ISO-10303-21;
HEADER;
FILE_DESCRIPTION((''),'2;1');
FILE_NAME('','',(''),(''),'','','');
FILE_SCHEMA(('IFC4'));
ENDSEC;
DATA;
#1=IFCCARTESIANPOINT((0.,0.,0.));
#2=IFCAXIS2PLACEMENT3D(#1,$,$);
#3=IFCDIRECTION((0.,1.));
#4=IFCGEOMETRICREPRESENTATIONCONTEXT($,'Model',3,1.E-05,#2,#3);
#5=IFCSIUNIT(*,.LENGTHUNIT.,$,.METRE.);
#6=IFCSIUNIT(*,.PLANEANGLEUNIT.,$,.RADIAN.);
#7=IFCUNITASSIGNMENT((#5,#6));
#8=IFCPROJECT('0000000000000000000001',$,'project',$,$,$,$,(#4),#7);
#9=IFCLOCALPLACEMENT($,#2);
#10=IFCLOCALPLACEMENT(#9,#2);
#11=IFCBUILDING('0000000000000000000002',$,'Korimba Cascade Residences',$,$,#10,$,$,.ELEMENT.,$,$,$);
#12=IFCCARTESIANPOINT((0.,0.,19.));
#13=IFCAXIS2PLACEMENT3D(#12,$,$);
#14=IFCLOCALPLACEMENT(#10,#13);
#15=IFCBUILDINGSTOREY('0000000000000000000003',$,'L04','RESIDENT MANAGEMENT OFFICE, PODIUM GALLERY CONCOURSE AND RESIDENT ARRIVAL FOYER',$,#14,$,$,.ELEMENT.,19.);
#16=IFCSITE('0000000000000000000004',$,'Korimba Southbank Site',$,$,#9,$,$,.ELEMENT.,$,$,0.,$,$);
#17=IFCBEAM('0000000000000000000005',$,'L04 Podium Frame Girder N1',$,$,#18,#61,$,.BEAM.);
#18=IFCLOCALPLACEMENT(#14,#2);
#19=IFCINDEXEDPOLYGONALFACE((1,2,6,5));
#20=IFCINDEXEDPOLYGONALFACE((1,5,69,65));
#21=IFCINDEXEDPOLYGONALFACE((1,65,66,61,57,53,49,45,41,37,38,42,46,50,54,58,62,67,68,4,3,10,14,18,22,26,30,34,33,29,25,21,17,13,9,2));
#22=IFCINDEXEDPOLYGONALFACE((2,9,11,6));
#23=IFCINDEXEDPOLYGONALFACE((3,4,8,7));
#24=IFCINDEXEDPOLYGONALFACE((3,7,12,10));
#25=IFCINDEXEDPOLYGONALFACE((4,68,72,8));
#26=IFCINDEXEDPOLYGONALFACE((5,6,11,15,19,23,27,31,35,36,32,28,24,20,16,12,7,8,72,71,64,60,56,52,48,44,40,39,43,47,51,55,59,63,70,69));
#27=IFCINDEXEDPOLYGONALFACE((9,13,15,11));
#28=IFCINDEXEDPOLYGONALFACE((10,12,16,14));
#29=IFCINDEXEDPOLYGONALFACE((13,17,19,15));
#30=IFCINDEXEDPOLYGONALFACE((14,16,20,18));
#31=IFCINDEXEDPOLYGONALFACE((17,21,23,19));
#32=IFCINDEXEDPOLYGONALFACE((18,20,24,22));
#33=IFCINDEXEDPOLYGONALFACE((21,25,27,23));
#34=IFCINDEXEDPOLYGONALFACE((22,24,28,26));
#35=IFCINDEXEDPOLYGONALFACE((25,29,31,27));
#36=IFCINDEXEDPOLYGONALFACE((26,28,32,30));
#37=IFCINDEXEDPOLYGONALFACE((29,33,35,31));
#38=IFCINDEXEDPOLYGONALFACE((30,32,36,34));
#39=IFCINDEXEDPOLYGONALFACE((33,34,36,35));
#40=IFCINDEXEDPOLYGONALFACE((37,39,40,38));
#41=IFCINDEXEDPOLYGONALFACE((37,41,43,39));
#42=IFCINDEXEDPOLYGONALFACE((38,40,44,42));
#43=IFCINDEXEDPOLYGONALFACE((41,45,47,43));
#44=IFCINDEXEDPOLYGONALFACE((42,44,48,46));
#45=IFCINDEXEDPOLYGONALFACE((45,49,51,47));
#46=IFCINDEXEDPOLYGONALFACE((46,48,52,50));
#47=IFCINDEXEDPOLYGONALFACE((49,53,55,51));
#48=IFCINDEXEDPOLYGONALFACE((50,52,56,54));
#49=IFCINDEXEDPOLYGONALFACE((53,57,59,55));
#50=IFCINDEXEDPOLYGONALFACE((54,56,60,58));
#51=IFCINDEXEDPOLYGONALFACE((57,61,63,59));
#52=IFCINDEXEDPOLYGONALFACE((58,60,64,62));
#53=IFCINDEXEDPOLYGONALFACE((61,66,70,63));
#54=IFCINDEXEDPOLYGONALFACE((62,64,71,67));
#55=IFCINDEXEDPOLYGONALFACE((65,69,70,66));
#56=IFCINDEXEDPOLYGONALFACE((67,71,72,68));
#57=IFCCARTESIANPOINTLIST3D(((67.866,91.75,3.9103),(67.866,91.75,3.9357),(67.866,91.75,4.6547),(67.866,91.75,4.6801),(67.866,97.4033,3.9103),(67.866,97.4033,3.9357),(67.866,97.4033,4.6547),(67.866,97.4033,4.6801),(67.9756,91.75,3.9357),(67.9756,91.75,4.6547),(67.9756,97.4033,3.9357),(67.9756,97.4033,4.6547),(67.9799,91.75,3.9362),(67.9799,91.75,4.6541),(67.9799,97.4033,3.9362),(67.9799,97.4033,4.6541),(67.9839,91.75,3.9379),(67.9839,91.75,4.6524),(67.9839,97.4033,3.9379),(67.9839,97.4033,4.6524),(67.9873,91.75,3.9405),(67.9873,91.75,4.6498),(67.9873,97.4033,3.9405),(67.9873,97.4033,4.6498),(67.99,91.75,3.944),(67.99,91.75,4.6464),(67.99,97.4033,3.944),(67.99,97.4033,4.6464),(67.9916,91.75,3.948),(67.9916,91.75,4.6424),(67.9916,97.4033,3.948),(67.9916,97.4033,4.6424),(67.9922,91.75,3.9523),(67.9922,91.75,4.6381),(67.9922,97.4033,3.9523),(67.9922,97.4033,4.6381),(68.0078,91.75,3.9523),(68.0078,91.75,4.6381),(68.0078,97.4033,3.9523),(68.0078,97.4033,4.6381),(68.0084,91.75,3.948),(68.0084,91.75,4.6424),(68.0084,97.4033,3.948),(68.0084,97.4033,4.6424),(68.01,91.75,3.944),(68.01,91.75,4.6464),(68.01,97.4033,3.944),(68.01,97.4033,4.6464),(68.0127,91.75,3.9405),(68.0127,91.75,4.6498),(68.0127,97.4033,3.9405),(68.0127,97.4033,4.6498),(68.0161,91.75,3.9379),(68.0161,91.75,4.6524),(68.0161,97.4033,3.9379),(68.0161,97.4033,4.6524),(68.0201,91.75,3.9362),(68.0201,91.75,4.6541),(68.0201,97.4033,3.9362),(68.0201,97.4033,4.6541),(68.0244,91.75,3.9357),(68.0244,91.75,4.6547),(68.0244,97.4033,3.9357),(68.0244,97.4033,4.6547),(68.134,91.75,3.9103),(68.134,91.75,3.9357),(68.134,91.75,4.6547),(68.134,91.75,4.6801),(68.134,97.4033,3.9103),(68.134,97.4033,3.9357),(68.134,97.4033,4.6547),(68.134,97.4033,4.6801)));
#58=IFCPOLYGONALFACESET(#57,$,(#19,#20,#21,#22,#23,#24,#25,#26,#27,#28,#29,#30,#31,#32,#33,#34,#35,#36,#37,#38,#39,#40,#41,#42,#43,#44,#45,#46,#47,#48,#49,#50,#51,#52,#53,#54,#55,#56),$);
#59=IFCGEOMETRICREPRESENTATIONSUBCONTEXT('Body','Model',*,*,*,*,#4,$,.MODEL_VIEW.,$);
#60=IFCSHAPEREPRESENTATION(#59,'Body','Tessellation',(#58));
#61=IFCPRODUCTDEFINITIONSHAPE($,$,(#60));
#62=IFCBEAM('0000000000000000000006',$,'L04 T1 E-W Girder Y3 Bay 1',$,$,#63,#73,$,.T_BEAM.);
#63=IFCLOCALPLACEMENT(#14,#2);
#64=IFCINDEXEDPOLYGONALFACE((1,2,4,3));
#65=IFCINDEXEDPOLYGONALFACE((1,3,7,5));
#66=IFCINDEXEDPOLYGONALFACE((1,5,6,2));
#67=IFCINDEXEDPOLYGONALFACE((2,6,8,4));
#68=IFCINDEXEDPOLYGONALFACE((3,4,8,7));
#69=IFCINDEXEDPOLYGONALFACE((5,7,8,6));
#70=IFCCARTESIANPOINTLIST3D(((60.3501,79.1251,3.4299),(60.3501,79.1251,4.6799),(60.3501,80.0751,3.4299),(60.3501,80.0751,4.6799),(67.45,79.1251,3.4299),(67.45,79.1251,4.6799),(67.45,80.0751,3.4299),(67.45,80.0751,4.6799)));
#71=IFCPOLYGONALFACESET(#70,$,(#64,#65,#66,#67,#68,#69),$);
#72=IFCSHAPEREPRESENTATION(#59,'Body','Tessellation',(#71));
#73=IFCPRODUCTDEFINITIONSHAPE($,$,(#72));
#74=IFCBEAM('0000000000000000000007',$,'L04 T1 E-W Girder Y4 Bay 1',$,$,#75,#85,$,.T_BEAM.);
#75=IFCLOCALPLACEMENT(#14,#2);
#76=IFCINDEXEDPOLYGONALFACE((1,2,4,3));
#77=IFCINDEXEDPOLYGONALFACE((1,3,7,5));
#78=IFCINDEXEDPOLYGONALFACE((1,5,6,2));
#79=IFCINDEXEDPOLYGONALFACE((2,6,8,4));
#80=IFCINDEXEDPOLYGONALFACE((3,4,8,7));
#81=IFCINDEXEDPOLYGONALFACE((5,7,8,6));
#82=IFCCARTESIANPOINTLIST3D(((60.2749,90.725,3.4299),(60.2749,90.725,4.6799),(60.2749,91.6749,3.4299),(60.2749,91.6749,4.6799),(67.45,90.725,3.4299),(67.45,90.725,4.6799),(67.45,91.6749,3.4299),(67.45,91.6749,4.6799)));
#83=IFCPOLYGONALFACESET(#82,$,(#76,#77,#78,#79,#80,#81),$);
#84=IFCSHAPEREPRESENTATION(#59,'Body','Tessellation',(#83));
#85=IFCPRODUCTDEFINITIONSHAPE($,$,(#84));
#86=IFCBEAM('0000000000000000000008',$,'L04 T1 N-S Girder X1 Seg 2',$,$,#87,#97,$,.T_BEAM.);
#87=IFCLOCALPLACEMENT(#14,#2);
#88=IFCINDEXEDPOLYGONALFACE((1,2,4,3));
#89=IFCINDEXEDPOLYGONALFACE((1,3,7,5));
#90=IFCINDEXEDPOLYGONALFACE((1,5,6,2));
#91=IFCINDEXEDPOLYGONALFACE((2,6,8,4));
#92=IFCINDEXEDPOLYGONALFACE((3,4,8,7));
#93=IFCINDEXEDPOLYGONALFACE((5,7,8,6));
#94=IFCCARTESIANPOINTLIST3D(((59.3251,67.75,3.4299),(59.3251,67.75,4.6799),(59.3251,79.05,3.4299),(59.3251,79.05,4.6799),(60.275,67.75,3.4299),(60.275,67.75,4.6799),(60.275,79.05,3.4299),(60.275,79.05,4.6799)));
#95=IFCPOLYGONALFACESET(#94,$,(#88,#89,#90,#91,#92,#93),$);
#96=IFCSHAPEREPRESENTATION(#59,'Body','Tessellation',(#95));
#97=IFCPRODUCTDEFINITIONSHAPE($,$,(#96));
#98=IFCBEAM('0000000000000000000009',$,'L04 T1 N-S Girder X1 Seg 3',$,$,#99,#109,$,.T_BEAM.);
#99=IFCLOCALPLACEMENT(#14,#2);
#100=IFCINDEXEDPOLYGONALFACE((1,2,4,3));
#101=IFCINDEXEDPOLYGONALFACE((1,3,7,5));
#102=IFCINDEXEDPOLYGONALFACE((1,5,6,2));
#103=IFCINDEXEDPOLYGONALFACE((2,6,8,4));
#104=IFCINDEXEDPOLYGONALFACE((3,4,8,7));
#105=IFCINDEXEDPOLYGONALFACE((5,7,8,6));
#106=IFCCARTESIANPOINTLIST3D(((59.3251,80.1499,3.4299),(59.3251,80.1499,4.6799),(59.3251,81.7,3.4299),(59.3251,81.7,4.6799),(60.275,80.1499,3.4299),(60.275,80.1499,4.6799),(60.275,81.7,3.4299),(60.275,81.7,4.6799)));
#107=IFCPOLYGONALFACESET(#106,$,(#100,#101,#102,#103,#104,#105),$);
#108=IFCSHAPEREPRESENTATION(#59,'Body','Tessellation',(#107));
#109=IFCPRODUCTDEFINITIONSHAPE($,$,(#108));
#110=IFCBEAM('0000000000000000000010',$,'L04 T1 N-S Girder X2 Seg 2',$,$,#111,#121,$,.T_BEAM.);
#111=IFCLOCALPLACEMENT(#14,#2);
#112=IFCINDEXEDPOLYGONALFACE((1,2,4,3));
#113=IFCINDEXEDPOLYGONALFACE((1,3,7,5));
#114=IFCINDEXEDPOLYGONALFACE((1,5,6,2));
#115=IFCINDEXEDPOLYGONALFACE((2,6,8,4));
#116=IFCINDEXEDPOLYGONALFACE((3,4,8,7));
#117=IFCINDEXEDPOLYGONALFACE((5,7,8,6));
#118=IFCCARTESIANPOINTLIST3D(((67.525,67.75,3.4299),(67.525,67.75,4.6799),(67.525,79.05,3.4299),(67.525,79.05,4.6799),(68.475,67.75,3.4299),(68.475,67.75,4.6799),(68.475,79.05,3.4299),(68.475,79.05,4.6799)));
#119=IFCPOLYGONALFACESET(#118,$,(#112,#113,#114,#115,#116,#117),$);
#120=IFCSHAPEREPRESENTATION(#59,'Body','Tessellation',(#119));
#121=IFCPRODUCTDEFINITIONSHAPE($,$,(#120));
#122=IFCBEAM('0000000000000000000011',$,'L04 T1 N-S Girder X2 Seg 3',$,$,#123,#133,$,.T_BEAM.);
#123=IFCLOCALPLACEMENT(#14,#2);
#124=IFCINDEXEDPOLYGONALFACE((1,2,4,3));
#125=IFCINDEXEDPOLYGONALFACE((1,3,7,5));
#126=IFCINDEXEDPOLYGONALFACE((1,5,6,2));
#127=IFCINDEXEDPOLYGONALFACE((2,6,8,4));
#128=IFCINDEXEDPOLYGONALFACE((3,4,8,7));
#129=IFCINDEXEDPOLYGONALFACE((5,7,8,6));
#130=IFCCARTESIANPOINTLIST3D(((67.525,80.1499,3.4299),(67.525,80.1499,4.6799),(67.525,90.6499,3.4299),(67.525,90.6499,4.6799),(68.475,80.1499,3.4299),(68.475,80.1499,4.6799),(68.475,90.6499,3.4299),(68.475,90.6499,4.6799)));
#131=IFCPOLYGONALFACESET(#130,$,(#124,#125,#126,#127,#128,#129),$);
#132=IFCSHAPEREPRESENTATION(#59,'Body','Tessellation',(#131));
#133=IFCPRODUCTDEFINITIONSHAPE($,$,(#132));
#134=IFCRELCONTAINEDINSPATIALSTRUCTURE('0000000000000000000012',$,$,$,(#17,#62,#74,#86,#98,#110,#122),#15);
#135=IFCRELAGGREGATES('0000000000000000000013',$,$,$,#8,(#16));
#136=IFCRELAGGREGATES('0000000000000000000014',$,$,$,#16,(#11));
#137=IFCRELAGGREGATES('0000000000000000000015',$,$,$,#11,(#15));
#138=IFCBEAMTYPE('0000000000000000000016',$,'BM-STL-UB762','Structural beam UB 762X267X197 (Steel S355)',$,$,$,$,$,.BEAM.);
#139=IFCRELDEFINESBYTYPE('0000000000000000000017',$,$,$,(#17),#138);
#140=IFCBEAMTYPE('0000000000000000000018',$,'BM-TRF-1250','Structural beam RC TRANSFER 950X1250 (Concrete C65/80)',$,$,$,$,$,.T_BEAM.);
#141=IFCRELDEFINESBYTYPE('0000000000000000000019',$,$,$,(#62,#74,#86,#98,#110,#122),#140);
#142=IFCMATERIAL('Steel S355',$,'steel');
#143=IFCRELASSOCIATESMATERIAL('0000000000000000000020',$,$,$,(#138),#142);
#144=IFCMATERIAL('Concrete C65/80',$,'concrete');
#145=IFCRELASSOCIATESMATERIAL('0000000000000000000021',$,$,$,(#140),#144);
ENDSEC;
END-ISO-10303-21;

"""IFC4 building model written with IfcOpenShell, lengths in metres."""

from ifc_helpers import new_model, si_unit, direction, frame, origin, origin_2d, place, context, subcontext, project, spatial, rectangle, i_section, extrude, material, material_profile, profile_set, type_object, element, save


model = new_model("IFC4")

# Units and contexts
model_context = context("Model", 3, precision=1e-05, world=origin(), true_north=direction((0.0, 1.0)))
body_context = subcontext(model_context, "Body", "Model", "MODEL_VIEW")
ifc_project = project(units=[si_unit("LENGTHUNIT", "METRE"), si_unit("PLANEANGLEUNIT", "RADIAN")], contexts=[model_context])

# Site, building, storey
site_placement = place(None, origin())
site = spatial("IfcSite", under=ifc_project, at=site_placement, Name="Korimba Southbank Site", CompositionType="ELEMENT", RefElevation=0.0)
building_placement = place(site_placement, origin())
building = spatial("IfcBuilding", under=site, at=building_placement, Name="Korimba Cascade Residences", CompositionType="ELEMENT")
storey_placement = place(building_placement, frame((0.0, 0.0, 19.0)))
storey = spatial("IfcBuildingStorey", under=building, at=storey_placement, Name="L04", Description="RESIDENT MANAGEMENT OFFICE, PODIUM GALLERY CONCOURSE AND RESIDENT ARRIVAL FOYER", CompositionType="ELEMENT", Elevation=19.0)

# Shared definitions
ifc_material_1 = material(Name="Steel S355", Category="steel")

# Beams
ifc_material_profile_1 = material_profile(ifc_material_1, i_section(OverallWidth=0.2681, OverallDepth=0.7698, WebThickness=0.0156, FlangeThickness=0.0254, FilletRadius=0.0166, at=origin_2d()), Name="Steel S355")
ifc_profile_set_1 = profile_set([ifc_material_profile_1], Name="Steel S355")
beam_type_1 = type_object("IfcBeamType", Name="BM-STL-UB762", Description="Structural beam UB 762X267X197 (Steel S355)", PredefinedType="BEAM", material=ifc_profile_set_1)
beam_1_placement = place(storey_placement, frame((68.0, 91.75, 4.2952), z_axis=(0.0, 1.0, 0.0), x_axis=(-1.0, 0.0, 0.0)))
element("IfcBeam", 1, at=beam_1_placement, inside=storey, type_object=beam_type_1, Name="L04 Podium Frame Girder N1", PredefinedType="BEAM", context=body_context, shape_type="SweptSolid", body=[
    extrude(i_section(OverallWidth=0.2681, OverallDepth=0.7698, WebThickness=0.0156, FlangeThickness=0.0254, FilletRadius=0.0166, at=origin_2d()), origin(), (0.0, 0.0, 1.0), 5.6533),
])
ifc_material_2 = material(Name="Concrete C65/80", Category="concrete")
ifc_material_profile_2 = material_profile(ifc_material_2, rectangle(XDim=0.95, YDim=1.25, at=origin_2d()), Name="Concrete C65/80")
ifc_profile_set_2 = profile_set([ifc_material_profile_2], Name="Concrete C65/80")
beam_type_2 = type_object("IfcBeamType", Name="BM-TRF-1250", Description="Structural beam RC TRANSFER 950X1250 (Concrete C65/80)", PredefinedType="T_BEAM", material=ifc_profile_set_2)
beam_2_placement = place(storey_placement, frame((60.3501, 79.6001, 4.0549), z_axis=(1.0, 0.0, 0.0), x_axis=(0.0, 1.0, 0.0)))
element("IfcBeam", 2, at=beam_2_placement, inside=storey, type_object=beam_type_2, Name="L04 T1 E-W Girder Y3 Bay 1", PredefinedType="T_BEAM", context=body_context, shape_type="SweptSolid", body=[
    extrude(rectangle(XDim=0.95, YDim=1.25, at=origin_2d()), origin(), (0.0, 0.0, 1.0), 7.0999),
])
beam_3_placement = place(storey_placement, frame((60.2749, 91.2, 4.0549), z_axis=(1.0, 0.0, 0.0), x_axis=(0.0, 1.0, 0.0)))
element("IfcBeam", 3, at=beam_3_placement, inside=storey, type_object=beam_type_2, Name="L04 T1 E-W Girder Y4 Bay 1", PredefinedType="T_BEAM", context=body_context, shape_type="SweptSolid", body=[
    extrude(rectangle(XDim=0.95, YDim=1.25, at=origin_2d()), origin(), (0.0, 0.0, 1.0), 7.175),
])
beam_4_placement = place(storey_placement, frame((59.8, 67.75, 4.0549), z_axis=(0.0, 1.0, 0.0), x_axis=(-1.0, 0.0, 0.0)))
element("IfcBeam", 4, at=beam_4_placement, inside=storey, type_object=beam_type_2, Name="L04 T1 N-S Girder X1 Seg 2", PredefinedType="T_BEAM", context=body_context, shape_type="SweptSolid", body=[
    extrude(rectangle(XDim=0.95, YDim=1.25, at=origin_2d()), origin(), (0.0, 0.0, 1.0), 11.3),
])
beam_5_placement = place(storey_placement, frame((59.8, 80.1499, 4.0549), z_axis=(0.0, 1.0, 0.0), x_axis=(-1.0, 0.0, 0.0)))
element("IfcBeam", 5, at=beam_5_placement, inside=storey, type_object=beam_type_2, Name="L04 T1 N-S Girder X1 Seg 3", PredefinedType="T_BEAM", context=body_context, shape_type="SweptSolid", body=[
    extrude(rectangle(XDim=0.95, YDim=1.25, at=origin_2d()), origin(), (0.0, 0.0, 1.0), 1.55),
])
beam_6_placement = place(storey_placement, frame((68.0, 67.75, 4.0549), z_axis=(0.0, 1.0, 0.0), x_axis=(-1.0, 0.0, 0.0)))
element("IfcBeam", 6, at=beam_6_placement, inside=storey, type_object=beam_type_2, Name="L04 T1 N-S Girder X2 Seg 2", PredefinedType="T_BEAM", context=body_context, shape_type="SweptSolid", body=[
    extrude(rectangle(XDim=0.95, YDim=1.25, at=origin_2d()), origin(), (0.0, 0.0, 1.0), 11.3),
])
beam_7_placement = place(storey_placement, frame((68.0, 80.1499, 4.0549), z_axis=(0.0, 1.0, 0.0), x_axis=(-1.0, 0.0, 0.0)))
element("IfcBeam", 7, at=beam_7_placement, inside=storey, type_object=beam_type_2, Name="L04 T1 N-S Girder X2 Seg 3", PredefinedType="T_BEAM", context=body_context, shape_type="SweptSolid", body=[
    extrude(rectangle(XDim=0.95, YDim=1.25, at=origin_2d()), origin(), (0.0, 0.0, 1.0), 10.5),
])

save(model, "model.ifc")
